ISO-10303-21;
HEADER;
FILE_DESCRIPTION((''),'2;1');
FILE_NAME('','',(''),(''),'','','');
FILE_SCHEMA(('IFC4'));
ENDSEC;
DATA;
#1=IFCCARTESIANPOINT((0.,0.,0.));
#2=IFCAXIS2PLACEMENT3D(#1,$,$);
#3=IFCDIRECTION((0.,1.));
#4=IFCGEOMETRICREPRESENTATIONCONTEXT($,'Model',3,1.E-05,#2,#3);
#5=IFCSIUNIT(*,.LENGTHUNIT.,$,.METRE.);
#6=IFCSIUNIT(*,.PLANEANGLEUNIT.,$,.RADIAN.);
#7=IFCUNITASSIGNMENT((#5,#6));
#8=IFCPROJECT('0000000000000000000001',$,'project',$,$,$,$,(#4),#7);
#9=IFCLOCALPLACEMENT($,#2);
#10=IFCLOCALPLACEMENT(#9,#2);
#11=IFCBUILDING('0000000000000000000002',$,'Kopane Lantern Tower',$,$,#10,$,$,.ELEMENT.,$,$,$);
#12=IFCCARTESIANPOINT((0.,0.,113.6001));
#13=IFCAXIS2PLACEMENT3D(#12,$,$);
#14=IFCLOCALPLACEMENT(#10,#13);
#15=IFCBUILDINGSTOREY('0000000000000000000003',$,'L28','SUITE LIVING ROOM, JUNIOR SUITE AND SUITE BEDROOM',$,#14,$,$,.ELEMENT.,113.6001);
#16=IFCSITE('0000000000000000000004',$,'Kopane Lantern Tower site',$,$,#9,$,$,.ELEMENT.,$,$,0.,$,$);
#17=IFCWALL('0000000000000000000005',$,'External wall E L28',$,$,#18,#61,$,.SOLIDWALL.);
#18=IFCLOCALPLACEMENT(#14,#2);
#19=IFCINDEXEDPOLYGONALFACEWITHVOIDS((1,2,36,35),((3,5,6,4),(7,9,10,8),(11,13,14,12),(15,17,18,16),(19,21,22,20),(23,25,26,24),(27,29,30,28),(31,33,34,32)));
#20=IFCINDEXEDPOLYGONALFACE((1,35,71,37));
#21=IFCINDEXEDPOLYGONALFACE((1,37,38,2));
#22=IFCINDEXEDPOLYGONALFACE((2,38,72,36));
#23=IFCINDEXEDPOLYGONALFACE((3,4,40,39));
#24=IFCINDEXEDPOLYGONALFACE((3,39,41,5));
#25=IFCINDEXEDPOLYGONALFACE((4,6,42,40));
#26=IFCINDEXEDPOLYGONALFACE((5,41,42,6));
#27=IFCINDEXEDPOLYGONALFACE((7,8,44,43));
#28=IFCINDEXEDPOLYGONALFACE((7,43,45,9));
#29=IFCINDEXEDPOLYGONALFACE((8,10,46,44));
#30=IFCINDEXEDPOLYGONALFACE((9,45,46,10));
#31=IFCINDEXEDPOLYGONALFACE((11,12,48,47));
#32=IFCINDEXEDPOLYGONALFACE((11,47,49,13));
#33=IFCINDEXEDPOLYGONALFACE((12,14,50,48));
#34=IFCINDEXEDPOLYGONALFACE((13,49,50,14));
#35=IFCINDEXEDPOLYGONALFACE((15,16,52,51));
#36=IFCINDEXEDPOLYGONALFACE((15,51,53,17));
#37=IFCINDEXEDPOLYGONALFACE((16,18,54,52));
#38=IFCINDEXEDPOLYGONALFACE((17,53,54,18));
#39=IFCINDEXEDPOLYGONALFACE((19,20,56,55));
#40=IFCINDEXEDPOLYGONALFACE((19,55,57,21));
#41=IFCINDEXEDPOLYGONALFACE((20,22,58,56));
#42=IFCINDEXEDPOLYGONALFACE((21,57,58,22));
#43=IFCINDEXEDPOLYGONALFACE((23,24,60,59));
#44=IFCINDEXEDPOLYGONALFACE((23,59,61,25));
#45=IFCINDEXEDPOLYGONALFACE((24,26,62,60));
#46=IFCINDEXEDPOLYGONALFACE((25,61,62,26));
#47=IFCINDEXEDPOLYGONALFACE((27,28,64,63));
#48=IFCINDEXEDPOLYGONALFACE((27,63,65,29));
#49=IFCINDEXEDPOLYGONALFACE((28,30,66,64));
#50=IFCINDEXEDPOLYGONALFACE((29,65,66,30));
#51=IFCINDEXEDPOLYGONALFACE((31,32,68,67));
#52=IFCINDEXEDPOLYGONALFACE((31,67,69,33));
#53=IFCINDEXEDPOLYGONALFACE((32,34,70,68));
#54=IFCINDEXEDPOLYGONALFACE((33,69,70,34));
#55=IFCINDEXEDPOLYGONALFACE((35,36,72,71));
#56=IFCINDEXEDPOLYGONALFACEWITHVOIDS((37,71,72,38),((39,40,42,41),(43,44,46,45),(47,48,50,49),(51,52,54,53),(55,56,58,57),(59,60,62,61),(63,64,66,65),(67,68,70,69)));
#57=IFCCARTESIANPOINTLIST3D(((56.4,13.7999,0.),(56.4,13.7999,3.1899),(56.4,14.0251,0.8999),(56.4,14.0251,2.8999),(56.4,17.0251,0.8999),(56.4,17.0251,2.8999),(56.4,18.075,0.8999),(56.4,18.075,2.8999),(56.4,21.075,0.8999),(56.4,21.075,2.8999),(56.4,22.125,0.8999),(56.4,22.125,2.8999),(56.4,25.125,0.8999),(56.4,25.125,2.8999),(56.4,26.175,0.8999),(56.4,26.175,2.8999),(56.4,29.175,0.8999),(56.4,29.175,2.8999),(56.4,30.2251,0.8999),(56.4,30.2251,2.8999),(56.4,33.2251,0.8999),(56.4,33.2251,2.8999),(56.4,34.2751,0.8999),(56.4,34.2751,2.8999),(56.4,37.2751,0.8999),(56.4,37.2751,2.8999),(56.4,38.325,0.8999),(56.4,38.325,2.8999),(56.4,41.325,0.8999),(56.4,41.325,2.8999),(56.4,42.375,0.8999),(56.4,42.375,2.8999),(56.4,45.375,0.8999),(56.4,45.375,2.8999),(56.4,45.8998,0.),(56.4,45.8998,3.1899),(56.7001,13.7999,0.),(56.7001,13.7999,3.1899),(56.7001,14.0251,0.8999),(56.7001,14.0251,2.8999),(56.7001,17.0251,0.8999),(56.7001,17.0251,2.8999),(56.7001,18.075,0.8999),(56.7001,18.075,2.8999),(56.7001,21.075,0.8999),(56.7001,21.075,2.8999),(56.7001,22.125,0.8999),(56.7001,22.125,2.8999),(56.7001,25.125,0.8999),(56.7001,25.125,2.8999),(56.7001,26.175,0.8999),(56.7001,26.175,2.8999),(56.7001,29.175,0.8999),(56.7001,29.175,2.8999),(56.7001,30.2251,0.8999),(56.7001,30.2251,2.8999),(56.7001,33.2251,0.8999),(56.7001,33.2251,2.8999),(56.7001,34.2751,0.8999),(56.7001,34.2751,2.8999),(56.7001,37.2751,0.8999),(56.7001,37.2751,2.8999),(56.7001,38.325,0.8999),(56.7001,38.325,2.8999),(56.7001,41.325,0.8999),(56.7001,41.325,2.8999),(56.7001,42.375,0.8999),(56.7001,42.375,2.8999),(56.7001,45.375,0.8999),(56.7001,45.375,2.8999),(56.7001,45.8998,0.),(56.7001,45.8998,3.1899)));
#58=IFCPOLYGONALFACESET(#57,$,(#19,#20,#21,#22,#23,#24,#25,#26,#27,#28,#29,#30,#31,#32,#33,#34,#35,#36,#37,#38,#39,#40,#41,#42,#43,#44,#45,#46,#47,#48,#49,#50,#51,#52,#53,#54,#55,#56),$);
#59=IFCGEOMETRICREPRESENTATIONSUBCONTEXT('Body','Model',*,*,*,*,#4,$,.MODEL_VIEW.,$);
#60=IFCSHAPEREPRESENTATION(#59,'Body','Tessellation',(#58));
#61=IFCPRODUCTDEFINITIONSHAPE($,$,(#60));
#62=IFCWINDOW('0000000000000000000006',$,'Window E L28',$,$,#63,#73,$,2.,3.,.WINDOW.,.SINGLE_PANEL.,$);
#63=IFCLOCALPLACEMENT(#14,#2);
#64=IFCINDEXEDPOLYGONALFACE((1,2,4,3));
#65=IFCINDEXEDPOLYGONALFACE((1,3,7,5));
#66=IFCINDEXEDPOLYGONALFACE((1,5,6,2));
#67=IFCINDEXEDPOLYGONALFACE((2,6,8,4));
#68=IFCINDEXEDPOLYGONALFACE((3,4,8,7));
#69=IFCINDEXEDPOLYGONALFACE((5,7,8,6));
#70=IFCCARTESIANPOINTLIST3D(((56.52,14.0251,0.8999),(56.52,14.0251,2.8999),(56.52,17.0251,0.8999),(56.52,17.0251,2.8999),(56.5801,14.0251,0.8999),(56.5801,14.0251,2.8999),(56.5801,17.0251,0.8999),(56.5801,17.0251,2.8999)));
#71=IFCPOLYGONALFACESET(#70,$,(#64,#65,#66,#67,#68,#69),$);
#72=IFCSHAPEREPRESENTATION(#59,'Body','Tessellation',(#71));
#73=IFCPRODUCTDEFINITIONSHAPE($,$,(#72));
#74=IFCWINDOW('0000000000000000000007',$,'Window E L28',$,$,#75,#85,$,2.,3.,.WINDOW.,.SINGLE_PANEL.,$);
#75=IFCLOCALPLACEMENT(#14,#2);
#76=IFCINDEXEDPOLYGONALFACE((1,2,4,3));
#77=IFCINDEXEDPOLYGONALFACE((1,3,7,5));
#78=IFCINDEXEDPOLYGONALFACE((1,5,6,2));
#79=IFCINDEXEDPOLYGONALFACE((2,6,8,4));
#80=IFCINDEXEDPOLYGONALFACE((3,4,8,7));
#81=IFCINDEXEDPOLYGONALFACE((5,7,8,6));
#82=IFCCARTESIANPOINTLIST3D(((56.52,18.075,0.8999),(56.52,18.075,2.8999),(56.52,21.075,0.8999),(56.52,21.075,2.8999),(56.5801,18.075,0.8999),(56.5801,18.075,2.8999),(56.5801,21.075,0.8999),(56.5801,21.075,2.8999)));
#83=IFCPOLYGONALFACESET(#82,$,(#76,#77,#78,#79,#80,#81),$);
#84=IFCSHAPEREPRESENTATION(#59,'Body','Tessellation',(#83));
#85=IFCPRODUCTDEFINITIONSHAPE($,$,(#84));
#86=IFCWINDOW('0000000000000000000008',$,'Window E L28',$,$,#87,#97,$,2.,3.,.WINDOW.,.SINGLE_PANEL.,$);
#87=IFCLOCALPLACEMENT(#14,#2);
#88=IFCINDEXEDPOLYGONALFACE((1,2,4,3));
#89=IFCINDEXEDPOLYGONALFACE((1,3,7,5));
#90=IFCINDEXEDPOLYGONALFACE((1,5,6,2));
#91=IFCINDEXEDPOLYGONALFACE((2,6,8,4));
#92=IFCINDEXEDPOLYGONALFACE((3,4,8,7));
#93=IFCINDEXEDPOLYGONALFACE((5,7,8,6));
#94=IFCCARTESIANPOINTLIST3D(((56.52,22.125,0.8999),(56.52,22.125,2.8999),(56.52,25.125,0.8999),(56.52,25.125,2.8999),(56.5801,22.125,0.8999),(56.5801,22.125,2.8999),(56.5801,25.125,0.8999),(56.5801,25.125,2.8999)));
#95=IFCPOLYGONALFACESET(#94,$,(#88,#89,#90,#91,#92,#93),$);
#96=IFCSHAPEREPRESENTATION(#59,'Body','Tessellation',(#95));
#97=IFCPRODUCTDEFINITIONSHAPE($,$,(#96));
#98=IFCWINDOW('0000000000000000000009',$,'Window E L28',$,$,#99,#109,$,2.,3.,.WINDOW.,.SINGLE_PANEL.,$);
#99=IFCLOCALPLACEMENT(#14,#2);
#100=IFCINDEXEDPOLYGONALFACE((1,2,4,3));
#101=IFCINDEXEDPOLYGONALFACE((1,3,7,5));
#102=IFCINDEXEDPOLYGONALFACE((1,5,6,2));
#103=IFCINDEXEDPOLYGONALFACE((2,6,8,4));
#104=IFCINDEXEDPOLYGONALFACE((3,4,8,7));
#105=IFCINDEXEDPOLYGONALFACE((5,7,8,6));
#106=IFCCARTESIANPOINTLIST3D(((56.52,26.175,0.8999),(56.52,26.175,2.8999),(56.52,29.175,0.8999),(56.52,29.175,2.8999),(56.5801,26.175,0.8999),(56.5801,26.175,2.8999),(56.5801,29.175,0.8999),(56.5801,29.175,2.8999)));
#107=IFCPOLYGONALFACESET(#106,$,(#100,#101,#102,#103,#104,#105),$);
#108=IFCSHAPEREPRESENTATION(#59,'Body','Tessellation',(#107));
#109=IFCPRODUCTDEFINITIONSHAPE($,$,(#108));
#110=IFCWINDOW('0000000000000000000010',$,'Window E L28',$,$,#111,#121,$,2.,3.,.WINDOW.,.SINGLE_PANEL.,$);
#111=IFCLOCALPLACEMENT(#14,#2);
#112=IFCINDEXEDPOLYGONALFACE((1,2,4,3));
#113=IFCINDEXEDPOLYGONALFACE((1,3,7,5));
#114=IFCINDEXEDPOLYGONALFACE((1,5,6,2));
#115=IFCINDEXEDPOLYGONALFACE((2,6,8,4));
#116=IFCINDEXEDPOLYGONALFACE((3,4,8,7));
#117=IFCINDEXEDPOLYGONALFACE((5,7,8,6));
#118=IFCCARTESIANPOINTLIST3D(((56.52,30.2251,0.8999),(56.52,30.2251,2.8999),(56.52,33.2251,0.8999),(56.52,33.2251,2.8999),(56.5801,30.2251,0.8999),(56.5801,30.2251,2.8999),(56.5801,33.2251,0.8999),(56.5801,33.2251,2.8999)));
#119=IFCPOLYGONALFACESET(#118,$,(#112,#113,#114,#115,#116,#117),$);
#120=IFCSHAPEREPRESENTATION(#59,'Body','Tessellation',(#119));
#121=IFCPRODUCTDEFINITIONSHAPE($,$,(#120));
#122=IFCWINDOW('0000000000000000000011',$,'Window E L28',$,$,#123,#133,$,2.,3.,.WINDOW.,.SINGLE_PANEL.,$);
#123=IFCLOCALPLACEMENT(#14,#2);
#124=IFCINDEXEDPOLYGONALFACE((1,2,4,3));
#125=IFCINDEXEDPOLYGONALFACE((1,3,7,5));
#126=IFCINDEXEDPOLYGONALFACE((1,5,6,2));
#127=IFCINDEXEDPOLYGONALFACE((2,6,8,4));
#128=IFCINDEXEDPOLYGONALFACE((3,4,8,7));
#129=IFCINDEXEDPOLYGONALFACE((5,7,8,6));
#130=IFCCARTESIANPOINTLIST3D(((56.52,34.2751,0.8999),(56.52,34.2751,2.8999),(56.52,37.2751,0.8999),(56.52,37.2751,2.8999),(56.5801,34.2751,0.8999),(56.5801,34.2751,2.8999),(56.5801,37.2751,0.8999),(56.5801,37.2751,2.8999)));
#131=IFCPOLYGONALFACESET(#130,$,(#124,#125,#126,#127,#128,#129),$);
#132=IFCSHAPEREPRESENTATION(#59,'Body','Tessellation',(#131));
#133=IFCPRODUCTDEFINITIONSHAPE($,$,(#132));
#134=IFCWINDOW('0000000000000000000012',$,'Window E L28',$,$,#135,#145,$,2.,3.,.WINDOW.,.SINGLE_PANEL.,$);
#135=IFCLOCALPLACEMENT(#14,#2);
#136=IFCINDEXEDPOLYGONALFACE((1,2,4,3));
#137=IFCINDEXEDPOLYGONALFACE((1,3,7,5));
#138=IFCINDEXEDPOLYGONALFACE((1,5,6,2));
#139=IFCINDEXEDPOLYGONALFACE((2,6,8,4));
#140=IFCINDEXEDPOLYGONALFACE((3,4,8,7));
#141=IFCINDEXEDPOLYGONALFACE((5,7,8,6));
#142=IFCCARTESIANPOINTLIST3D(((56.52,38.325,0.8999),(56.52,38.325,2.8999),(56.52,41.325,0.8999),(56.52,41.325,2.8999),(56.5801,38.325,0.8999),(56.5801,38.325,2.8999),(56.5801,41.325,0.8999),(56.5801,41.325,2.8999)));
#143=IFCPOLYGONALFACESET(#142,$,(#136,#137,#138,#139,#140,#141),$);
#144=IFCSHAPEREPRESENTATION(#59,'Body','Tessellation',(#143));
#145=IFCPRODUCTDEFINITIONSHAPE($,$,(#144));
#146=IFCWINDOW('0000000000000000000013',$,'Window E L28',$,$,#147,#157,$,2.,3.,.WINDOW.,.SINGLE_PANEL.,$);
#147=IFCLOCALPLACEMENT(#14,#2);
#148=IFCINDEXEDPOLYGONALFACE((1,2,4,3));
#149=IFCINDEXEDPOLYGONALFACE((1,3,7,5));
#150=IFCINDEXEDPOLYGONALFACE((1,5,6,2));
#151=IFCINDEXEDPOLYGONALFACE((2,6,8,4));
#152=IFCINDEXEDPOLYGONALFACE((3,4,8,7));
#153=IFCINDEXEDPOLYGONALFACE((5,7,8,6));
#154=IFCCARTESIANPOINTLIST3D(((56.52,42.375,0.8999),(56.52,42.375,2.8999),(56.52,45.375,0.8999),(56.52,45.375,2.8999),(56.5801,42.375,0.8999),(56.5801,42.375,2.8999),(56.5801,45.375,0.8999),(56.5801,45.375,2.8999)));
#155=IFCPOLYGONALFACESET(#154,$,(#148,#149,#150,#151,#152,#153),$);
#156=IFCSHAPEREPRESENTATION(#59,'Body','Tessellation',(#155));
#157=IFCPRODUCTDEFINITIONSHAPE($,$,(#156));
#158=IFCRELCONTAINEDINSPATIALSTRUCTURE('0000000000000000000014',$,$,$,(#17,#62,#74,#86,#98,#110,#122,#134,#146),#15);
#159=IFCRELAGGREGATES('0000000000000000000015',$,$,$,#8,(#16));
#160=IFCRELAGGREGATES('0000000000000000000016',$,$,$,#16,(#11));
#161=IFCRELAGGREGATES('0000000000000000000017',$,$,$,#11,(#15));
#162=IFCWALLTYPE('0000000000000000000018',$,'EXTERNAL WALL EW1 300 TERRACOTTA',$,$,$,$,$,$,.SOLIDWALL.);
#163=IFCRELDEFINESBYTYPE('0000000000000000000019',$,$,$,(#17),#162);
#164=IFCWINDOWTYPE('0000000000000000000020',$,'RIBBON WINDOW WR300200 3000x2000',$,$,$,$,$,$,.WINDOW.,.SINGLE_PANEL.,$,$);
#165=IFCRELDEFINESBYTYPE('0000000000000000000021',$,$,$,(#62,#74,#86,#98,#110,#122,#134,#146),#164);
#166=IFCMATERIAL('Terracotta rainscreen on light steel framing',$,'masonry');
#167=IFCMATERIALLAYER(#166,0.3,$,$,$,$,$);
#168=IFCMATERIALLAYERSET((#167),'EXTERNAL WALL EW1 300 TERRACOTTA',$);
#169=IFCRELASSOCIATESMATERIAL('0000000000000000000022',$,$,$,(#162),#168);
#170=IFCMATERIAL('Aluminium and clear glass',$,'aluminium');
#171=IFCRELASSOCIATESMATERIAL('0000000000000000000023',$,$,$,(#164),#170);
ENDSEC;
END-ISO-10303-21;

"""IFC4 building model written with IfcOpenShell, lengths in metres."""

from ifc_helpers import new_model, si_unit, direction, frame, frame_2d, origin, place, context, subcontext, project, spatial, rectangle, extrude, material, layer, layer_set, type_object, element, fill, save


model = new_model("IFC4")

# Units and contexts
model_context = context("Model", 3, precision=1e-05, world=origin(), true_north=direction((0.0, 1.0)))
body_context = subcontext(model_context, "Body", "Model", "MODEL_VIEW")
ifc_project = project(units=[si_unit("LENGTHUNIT", "METRE"), si_unit("PLANEANGLEUNIT", "RADIAN")], contexts=[model_context])

# Site, building, storey
site_placement = place(None, origin())
site = spatial("IfcSite", under=ifc_project, at=site_placement, Name="Kopane Lantern Tower site", CompositionType="ELEMENT", RefElevation=0.0)
building_placement = place(site_placement, origin())
building = spatial("IfcBuilding", under=site, at=building_placement, Name="Kopane Lantern Tower", CompositionType="ELEMENT")
storey_placement = place(building_placement, frame((0.0, 0.0, 113.6001)))
storey = spatial("IfcBuildingStorey", under=building, at=storey_placement, Name="L28", Description="SUITE LIVING ROOM, JUNIOR SUITE AND SUITE BEDROOM", CompositionType="ELEMENT", Elevation=113.6001)

# Shared definitions
ifc_material_1 = material(Name="Terracotta rainscreen on light steel framing", Category="masonry")
ifc_layer_1 = layer(ifc_material_1, 0.3)
ifc_layer_set_1 = layer_set([ifc_layer_1], Name="EXTERNAL WALL EW1 300 TERRACOTTA")
wall_type_1 = type_object("IfcWallType", Name="EXTERNAL WALL EW1 300 TERRACOTTA", PredefinedType="SOLIDWALL", material=ifc_layer_set_1)

# Wall, openings, windows
wall_1_placement = place(storey_placement, frame((56.55, 13.8, 0.0), z_axis=(0.0, 0.0, 1.0), x_axis=(0.0, 1.0, 0.0)))
wall_1 = element("IfcWall", 1, at=wall_1_placement, inside=storey, type_object=wall_type_1, Name="External wall E L28", PredefinedType="SOLIDWALL", context=body_context, shape_type="SweptSolid", body=[
    extrude(rectangle(XDim=32.0999, YDim=0.3, at=frame_2d((16.0498, 0.0))), origin(), (0.0, 0.0, 1.0), 3.1899),
])
opening_1_placement = place(wall_1_placement, frame((0.2251, 0.0, 0.8999)))
opening_1 = element("IfcOpeningElement", 2, at=opening_1_placement, cuts=wall_1, PredefinedType="OPENING", context=body_context, shape_type="SweptSolid", body=[
    extrude(rectangle(XDim=3.0, YDim=2.0, at=frame_2d((1.5, 1.0))), frame((0.0, 0.1599, 0.0), z_axis=(0.0, -1.0, 0.0), x_axis=(1.0, 0.0, 0.0)), (0.0, 0.0, 1.0), 0.3201),
])
opening_2_placement = place(wall_1_placement, frame((4.2749, 0.0, 0.8999)))
opening_2 = element("IfcOpeningElement", 3, at=opening_2_placement, cuts=wall_1, PredefinedType="OPENING", context=body_context, shape_type="SweptSolid", body=[
    extrude(rectangle(XDim=3.0, YDim=2.0, at=frame_2d((1.5, 1.0))), frame((0.0, 0.1599, 0.0), z_axis=(0.0, -1.0, 0.0), x_axis=(1.0, 0.0, 0.0)), (0.0, 0.0, 1.0), 0.3201),
])
opening_3_placement = place(wall_1_placement, frame((8.325, 0.0, 0.8999)))
opening_3 = element("IfcOpeningElement", 4, at=opening_3_placement, cuts=wall_1, PredefinedType="OPENING", context=body_context, shape_type="SweptSolid", body=[
    extrude(rectangle(XDim=3.0, YDim=2.0, at=frame_2d((1.5, 1.0))), frame((0.0, 0.1599, 0.0), z_axis=(0.0, -1.0, 0.0), x_axis=(1.0, 0.0, 0.0)), (0.0, 0.0, 1.0), 0.3201),
])
opening_4_placement = place(wall_1_placement, frame((12.375, 0.0, 0.8999)))
opening_4 = element("IfcOpeningElement", 5, at=opening_4_placement, cuts=wall_1, PredefinedType="OPENING", context=body_context, shape_type="SweptSolid", body=[
    extrude(rectangle(XDim=3.0, YDim=2.0, at=frame_2d((1.5, 1.0))), frame((0.0, 0.1599, 0.0), z_axis=(0.0, -1.0, 0.0), x_axis=(1.0, 0.0, 0.0)), (0.0, 0.0, 1.0), 0.3201),
])
opening_5_placement = place(wall_1_placement, frame((16.425, 0.0, 0.8999)))
opening_5 = element("IfcOpeningElement", 6, at=opening_5_placement, cuts=wall_1, PredefinedType="OPENING", context=body_context, shape_type="SweptSolid", body=[
    extrude(rectangle(XDim=3.0, YDim=2.0, at=frame_2d((1.5, 1.0))), frame((0.0, 0.1599, 0.0), z_axis=(0.0, -1.0, 0.0), x_axis=(1.0, 0.0, 0.0)), (0.0, 0.0, 1.0), 0.3201),
])
opening_6_placement = place(wall_1_placement, frame((20.4751, 0.0, 0.8999)))
opening_6 = element("IfcOpeningElement", 7, at=opening_6_placement, cuts=wall_1, PredefinedType="OPENING", context=body_context, shape_type="SweptSolid", body=[
    extrude(rectangle(XDim=3.0, YDim=2.0, at=frame_2d((1.5, 1.0))), frame((0.0, 0.1599, 0.0), z_axis=(0.0, -1.0, 0.0), x_axis=(1.0, 0.0, 0.0)), (0.0, 0.0, 1.0), 0.3201),
])
opening_7_placement = place(wall_1_placement, frame((24.5249, 0.0, 0.8999)))
opening_7 = element("IfcOpeningElement", 8, at=opening_7_placement, cuts=wall_1, PredefinedType="OPENING", context=body_context, shape_type="SweptSolid", body=[
    extrude(rectangle(XDim=3.0, YDim=2.0, at=frame_2d((1.5, 1.0))), frame((0.0, 0.1599, 0.0), z_axis=(0.0, -1.0, 0.0), x_axis=(1.0, 0.0, 0.0)), (0.0, 0.0, 1.0), 0.3201),
])
opening_8_placement = place(wall_1_placement, frame((28.575, 0.0, 0.8999)))
opening_8 = element("IfcOpeningElement", 9, at=opening_8_placement, cuts=wall_1, PredefinedType="OPENING", context=body_context, shape_type="SweptSolid", body=[
    extrude(rectangle(XDim=3.0, YDim=2.0, at=frame_2d((1.5, 1.0))), frame((0.0, 0.1599, 0.0), z_axis=(0.0, -1.0, 0.0), x_axis=(1.0, 0.0, 0.0)), (0.0, 0.0, 1.0), 0.3201),
])
ifc_material_2 = material(Name="Aluminium and clear glass", Category="aluminium")
window_type_1 = type_object("IfcWindowType", Name="RIBBON WINDOW WR300200 3000x2000", PartitioningType="SINGLE_PANEL", PredefinedType="WINDOW", material=ifc_material_2)
window_1_placement = place(opening_1_placement, origin())
window_1 = element("IfcWindow", 10, at=window_1_placement, inside=storey, type_object=window_type_1, Name="Window E L28", OverallHeight=2.0, OverallWidth=3.0, PartitioningType="SINGLE_PANEL", PredefinedType="WINDOW", context=body_context, shape_type="SweptSolid", body=[
    extrude(rectangle(XDim=3.0, YDim=2.0, at=frame_2d((1.5, 1.0))), frame((0.0, 0.03, 0.0), z_axis=(0.0, -1.0, 0.0), x_axis=(1.0, 0.0, 0.0)), (0.0, 0.0, 1.0), 0.0601),
])
fill(opening_1, window_1)
window_2_placement = place(opening_2_placement, origin())
window_2 = element("IfcWindow", 11, at=window_2_placement, inside=storey, type_object=window_type_1, Name="Window E L28", OverallHeight=2.0, OverallWidth=3.0, PartitioningType="SINGLE_PANEL", PredefinedType="WINDOW", context=body_context, shape_type="SweptSolid", body=[
    extrude(rectangle(XDim=3.0, YDim=2.0, at=frame_2d((1.5, 1.0))), frame((0.0, 0.03, 0.0), z_axis=(0.0, -1.0, 0.0), x_axis=(1.0, 0.0, 0.0)), (0.0, 0.0, 1.0), 0.0601),
])
fill(opening_2, window_2)
window_3_placement = place(opening_3_placement, origin())
window_3 = element("IfcWindow", 12, at=window_3_placement, inside=storey, type_object=window_type_1, Name="Window E L28", OverallHeight=2.0, OverallWidth=3.0, PartitioningType="SINGLE_PANEL", PredefinedType="WINDOW", context=body_context, shape_type="SweptSolid", body=[
    extrude(rectangle(XDim=3.0, YDim=2.0, at=frame_2d((1.5, 1.0))), frame((0.0, 0.03, 0.0), z_axis=(0.0, -1.0, 0.0), x_axis=(1.0, 0.0, 0.0)), (0.0, 0.0, 1.0), 0.0601),
])
fill(opening_3, window_3)
window_4_placement = place(opening_4_placement, origin())
window_4 = element("IfcWindow", 13, at=window_4_placement, inside=storey, type_object=window_type_1, Name="Window E L28", OverallHeight=2.0, OverallWidth=3.0, PartitioningType="SINGLE_PANEL", PredefinedType="WINDOW", context=body_context, shape_type="SweptSolid", body=[
    extrude(rectangle(XDim=3.0, YDim=2.0, at=frame_2d((1.5, 1.0))), frame((0.0, 0.03, 0.0), z_axis=(0.0, -1.0, 0.0), x_axis=(1.0, 0.0, 0.0)), (0.0, 0.0, 1.0), 0.0601),
])
fill(opening_4, window_4)
window_5_placement = place(opening_5_placement, origin())
window_5 = element("IfcWindow", 14, at=window_5_placement, inside=storey, type_object=window_type_1, Name="Window E L28", OverallHeight=2.0, OverallWidth=3.0, PartitioningType="SINGLE_PANEL", PredefinedType="WINDOW", context=body_context, shape_type="SweptSolid", body=[
    extrude(rectangle(XDim=3.0, YDim=2.0, at=frame_2d((1.5, 1.0))), frame((0.0, 0.03, 0.0), z_axis=(0.0, -1.0, 0.0), x_axis=(1.0, 0.0, 0.0)), (0.0, 0.0, 1.0), 0.0601),
])
fill(opening_5, window_5)
window_6_placement = place(opening_6_placement, origin())
window_6 = element("IfcWindow", 15, at=window_6_placement, inside=storey, type_object=window_type_1, Name="Window E L28", OverallHeight=2.0, OverallWidth=3.0, PartitioningType="SINGLE_PANEL", PredefinedType="WINDOW", context=body_context, shape_type="SweptSolid", body=[
    extrude(rectangle(XDim=3.0, YDim=2.0, at=frame_2d((1.5, 1.0))), frame((0.0, 0.03, 0.0), z_axis=(0.0, -1.0, 0.0), x_axis=(1.0, 0.0, 0.0)), (0.0, 0.0, 1.0), 0.0601),
])
fill(opening_6, window_6)
window_7_placement = place(opening_7_placement, origin())
window_7 = element("IfcWindow", 16, at=window_7_placement, inside=storey, type_object=window_type_1, Name="Window E L28", OverallHeight=2.0, OverallWidth=3.0, PartitioningType="SINGLE_PANEL", PredefinedType="WINDOW", context=body_context, shape_type="SweptSolid", body=[
    extrude(rectangle(XDim=3.0, YDim=2.0, at=frame_2d((1.5, 1.0))), frame((0.0, 0.03, 0.0), z_axis=(0.0, -1.0, 0.0), x_axis=(1.0, 0.0, 0.0)), (0.0, 0.0, 1.0), 0.0601),
])
fill(opening_7, window_7)
window_8_placement = place(opening_8_placement, origin())
window_8 = element("IfcWindow", 17, at=window_8_placement, inside=storey, type_object=window_type_1, Name="Window E L28", OverallHeight=2.0, OverallWidth=3.0, PartitioningType="SINGLE_PANEL", PredefinedType="WINDOW", context=body_context, shape_type="SweptSolid", body=[
    extrude(rectangle(XDim=3.0, YDim=2.0, at=frame_2d((1.5, 1.0))), frame((0.0, 0.03, 0.0), z_axis=(0.0, -1.0, 0.0), x_axis=(1.0, 0.0, 0.0)), (0.0, 0.0, 1.0), 0.0601),
])
fill(opening_8, window_8)

save(model, "model.ifc")
